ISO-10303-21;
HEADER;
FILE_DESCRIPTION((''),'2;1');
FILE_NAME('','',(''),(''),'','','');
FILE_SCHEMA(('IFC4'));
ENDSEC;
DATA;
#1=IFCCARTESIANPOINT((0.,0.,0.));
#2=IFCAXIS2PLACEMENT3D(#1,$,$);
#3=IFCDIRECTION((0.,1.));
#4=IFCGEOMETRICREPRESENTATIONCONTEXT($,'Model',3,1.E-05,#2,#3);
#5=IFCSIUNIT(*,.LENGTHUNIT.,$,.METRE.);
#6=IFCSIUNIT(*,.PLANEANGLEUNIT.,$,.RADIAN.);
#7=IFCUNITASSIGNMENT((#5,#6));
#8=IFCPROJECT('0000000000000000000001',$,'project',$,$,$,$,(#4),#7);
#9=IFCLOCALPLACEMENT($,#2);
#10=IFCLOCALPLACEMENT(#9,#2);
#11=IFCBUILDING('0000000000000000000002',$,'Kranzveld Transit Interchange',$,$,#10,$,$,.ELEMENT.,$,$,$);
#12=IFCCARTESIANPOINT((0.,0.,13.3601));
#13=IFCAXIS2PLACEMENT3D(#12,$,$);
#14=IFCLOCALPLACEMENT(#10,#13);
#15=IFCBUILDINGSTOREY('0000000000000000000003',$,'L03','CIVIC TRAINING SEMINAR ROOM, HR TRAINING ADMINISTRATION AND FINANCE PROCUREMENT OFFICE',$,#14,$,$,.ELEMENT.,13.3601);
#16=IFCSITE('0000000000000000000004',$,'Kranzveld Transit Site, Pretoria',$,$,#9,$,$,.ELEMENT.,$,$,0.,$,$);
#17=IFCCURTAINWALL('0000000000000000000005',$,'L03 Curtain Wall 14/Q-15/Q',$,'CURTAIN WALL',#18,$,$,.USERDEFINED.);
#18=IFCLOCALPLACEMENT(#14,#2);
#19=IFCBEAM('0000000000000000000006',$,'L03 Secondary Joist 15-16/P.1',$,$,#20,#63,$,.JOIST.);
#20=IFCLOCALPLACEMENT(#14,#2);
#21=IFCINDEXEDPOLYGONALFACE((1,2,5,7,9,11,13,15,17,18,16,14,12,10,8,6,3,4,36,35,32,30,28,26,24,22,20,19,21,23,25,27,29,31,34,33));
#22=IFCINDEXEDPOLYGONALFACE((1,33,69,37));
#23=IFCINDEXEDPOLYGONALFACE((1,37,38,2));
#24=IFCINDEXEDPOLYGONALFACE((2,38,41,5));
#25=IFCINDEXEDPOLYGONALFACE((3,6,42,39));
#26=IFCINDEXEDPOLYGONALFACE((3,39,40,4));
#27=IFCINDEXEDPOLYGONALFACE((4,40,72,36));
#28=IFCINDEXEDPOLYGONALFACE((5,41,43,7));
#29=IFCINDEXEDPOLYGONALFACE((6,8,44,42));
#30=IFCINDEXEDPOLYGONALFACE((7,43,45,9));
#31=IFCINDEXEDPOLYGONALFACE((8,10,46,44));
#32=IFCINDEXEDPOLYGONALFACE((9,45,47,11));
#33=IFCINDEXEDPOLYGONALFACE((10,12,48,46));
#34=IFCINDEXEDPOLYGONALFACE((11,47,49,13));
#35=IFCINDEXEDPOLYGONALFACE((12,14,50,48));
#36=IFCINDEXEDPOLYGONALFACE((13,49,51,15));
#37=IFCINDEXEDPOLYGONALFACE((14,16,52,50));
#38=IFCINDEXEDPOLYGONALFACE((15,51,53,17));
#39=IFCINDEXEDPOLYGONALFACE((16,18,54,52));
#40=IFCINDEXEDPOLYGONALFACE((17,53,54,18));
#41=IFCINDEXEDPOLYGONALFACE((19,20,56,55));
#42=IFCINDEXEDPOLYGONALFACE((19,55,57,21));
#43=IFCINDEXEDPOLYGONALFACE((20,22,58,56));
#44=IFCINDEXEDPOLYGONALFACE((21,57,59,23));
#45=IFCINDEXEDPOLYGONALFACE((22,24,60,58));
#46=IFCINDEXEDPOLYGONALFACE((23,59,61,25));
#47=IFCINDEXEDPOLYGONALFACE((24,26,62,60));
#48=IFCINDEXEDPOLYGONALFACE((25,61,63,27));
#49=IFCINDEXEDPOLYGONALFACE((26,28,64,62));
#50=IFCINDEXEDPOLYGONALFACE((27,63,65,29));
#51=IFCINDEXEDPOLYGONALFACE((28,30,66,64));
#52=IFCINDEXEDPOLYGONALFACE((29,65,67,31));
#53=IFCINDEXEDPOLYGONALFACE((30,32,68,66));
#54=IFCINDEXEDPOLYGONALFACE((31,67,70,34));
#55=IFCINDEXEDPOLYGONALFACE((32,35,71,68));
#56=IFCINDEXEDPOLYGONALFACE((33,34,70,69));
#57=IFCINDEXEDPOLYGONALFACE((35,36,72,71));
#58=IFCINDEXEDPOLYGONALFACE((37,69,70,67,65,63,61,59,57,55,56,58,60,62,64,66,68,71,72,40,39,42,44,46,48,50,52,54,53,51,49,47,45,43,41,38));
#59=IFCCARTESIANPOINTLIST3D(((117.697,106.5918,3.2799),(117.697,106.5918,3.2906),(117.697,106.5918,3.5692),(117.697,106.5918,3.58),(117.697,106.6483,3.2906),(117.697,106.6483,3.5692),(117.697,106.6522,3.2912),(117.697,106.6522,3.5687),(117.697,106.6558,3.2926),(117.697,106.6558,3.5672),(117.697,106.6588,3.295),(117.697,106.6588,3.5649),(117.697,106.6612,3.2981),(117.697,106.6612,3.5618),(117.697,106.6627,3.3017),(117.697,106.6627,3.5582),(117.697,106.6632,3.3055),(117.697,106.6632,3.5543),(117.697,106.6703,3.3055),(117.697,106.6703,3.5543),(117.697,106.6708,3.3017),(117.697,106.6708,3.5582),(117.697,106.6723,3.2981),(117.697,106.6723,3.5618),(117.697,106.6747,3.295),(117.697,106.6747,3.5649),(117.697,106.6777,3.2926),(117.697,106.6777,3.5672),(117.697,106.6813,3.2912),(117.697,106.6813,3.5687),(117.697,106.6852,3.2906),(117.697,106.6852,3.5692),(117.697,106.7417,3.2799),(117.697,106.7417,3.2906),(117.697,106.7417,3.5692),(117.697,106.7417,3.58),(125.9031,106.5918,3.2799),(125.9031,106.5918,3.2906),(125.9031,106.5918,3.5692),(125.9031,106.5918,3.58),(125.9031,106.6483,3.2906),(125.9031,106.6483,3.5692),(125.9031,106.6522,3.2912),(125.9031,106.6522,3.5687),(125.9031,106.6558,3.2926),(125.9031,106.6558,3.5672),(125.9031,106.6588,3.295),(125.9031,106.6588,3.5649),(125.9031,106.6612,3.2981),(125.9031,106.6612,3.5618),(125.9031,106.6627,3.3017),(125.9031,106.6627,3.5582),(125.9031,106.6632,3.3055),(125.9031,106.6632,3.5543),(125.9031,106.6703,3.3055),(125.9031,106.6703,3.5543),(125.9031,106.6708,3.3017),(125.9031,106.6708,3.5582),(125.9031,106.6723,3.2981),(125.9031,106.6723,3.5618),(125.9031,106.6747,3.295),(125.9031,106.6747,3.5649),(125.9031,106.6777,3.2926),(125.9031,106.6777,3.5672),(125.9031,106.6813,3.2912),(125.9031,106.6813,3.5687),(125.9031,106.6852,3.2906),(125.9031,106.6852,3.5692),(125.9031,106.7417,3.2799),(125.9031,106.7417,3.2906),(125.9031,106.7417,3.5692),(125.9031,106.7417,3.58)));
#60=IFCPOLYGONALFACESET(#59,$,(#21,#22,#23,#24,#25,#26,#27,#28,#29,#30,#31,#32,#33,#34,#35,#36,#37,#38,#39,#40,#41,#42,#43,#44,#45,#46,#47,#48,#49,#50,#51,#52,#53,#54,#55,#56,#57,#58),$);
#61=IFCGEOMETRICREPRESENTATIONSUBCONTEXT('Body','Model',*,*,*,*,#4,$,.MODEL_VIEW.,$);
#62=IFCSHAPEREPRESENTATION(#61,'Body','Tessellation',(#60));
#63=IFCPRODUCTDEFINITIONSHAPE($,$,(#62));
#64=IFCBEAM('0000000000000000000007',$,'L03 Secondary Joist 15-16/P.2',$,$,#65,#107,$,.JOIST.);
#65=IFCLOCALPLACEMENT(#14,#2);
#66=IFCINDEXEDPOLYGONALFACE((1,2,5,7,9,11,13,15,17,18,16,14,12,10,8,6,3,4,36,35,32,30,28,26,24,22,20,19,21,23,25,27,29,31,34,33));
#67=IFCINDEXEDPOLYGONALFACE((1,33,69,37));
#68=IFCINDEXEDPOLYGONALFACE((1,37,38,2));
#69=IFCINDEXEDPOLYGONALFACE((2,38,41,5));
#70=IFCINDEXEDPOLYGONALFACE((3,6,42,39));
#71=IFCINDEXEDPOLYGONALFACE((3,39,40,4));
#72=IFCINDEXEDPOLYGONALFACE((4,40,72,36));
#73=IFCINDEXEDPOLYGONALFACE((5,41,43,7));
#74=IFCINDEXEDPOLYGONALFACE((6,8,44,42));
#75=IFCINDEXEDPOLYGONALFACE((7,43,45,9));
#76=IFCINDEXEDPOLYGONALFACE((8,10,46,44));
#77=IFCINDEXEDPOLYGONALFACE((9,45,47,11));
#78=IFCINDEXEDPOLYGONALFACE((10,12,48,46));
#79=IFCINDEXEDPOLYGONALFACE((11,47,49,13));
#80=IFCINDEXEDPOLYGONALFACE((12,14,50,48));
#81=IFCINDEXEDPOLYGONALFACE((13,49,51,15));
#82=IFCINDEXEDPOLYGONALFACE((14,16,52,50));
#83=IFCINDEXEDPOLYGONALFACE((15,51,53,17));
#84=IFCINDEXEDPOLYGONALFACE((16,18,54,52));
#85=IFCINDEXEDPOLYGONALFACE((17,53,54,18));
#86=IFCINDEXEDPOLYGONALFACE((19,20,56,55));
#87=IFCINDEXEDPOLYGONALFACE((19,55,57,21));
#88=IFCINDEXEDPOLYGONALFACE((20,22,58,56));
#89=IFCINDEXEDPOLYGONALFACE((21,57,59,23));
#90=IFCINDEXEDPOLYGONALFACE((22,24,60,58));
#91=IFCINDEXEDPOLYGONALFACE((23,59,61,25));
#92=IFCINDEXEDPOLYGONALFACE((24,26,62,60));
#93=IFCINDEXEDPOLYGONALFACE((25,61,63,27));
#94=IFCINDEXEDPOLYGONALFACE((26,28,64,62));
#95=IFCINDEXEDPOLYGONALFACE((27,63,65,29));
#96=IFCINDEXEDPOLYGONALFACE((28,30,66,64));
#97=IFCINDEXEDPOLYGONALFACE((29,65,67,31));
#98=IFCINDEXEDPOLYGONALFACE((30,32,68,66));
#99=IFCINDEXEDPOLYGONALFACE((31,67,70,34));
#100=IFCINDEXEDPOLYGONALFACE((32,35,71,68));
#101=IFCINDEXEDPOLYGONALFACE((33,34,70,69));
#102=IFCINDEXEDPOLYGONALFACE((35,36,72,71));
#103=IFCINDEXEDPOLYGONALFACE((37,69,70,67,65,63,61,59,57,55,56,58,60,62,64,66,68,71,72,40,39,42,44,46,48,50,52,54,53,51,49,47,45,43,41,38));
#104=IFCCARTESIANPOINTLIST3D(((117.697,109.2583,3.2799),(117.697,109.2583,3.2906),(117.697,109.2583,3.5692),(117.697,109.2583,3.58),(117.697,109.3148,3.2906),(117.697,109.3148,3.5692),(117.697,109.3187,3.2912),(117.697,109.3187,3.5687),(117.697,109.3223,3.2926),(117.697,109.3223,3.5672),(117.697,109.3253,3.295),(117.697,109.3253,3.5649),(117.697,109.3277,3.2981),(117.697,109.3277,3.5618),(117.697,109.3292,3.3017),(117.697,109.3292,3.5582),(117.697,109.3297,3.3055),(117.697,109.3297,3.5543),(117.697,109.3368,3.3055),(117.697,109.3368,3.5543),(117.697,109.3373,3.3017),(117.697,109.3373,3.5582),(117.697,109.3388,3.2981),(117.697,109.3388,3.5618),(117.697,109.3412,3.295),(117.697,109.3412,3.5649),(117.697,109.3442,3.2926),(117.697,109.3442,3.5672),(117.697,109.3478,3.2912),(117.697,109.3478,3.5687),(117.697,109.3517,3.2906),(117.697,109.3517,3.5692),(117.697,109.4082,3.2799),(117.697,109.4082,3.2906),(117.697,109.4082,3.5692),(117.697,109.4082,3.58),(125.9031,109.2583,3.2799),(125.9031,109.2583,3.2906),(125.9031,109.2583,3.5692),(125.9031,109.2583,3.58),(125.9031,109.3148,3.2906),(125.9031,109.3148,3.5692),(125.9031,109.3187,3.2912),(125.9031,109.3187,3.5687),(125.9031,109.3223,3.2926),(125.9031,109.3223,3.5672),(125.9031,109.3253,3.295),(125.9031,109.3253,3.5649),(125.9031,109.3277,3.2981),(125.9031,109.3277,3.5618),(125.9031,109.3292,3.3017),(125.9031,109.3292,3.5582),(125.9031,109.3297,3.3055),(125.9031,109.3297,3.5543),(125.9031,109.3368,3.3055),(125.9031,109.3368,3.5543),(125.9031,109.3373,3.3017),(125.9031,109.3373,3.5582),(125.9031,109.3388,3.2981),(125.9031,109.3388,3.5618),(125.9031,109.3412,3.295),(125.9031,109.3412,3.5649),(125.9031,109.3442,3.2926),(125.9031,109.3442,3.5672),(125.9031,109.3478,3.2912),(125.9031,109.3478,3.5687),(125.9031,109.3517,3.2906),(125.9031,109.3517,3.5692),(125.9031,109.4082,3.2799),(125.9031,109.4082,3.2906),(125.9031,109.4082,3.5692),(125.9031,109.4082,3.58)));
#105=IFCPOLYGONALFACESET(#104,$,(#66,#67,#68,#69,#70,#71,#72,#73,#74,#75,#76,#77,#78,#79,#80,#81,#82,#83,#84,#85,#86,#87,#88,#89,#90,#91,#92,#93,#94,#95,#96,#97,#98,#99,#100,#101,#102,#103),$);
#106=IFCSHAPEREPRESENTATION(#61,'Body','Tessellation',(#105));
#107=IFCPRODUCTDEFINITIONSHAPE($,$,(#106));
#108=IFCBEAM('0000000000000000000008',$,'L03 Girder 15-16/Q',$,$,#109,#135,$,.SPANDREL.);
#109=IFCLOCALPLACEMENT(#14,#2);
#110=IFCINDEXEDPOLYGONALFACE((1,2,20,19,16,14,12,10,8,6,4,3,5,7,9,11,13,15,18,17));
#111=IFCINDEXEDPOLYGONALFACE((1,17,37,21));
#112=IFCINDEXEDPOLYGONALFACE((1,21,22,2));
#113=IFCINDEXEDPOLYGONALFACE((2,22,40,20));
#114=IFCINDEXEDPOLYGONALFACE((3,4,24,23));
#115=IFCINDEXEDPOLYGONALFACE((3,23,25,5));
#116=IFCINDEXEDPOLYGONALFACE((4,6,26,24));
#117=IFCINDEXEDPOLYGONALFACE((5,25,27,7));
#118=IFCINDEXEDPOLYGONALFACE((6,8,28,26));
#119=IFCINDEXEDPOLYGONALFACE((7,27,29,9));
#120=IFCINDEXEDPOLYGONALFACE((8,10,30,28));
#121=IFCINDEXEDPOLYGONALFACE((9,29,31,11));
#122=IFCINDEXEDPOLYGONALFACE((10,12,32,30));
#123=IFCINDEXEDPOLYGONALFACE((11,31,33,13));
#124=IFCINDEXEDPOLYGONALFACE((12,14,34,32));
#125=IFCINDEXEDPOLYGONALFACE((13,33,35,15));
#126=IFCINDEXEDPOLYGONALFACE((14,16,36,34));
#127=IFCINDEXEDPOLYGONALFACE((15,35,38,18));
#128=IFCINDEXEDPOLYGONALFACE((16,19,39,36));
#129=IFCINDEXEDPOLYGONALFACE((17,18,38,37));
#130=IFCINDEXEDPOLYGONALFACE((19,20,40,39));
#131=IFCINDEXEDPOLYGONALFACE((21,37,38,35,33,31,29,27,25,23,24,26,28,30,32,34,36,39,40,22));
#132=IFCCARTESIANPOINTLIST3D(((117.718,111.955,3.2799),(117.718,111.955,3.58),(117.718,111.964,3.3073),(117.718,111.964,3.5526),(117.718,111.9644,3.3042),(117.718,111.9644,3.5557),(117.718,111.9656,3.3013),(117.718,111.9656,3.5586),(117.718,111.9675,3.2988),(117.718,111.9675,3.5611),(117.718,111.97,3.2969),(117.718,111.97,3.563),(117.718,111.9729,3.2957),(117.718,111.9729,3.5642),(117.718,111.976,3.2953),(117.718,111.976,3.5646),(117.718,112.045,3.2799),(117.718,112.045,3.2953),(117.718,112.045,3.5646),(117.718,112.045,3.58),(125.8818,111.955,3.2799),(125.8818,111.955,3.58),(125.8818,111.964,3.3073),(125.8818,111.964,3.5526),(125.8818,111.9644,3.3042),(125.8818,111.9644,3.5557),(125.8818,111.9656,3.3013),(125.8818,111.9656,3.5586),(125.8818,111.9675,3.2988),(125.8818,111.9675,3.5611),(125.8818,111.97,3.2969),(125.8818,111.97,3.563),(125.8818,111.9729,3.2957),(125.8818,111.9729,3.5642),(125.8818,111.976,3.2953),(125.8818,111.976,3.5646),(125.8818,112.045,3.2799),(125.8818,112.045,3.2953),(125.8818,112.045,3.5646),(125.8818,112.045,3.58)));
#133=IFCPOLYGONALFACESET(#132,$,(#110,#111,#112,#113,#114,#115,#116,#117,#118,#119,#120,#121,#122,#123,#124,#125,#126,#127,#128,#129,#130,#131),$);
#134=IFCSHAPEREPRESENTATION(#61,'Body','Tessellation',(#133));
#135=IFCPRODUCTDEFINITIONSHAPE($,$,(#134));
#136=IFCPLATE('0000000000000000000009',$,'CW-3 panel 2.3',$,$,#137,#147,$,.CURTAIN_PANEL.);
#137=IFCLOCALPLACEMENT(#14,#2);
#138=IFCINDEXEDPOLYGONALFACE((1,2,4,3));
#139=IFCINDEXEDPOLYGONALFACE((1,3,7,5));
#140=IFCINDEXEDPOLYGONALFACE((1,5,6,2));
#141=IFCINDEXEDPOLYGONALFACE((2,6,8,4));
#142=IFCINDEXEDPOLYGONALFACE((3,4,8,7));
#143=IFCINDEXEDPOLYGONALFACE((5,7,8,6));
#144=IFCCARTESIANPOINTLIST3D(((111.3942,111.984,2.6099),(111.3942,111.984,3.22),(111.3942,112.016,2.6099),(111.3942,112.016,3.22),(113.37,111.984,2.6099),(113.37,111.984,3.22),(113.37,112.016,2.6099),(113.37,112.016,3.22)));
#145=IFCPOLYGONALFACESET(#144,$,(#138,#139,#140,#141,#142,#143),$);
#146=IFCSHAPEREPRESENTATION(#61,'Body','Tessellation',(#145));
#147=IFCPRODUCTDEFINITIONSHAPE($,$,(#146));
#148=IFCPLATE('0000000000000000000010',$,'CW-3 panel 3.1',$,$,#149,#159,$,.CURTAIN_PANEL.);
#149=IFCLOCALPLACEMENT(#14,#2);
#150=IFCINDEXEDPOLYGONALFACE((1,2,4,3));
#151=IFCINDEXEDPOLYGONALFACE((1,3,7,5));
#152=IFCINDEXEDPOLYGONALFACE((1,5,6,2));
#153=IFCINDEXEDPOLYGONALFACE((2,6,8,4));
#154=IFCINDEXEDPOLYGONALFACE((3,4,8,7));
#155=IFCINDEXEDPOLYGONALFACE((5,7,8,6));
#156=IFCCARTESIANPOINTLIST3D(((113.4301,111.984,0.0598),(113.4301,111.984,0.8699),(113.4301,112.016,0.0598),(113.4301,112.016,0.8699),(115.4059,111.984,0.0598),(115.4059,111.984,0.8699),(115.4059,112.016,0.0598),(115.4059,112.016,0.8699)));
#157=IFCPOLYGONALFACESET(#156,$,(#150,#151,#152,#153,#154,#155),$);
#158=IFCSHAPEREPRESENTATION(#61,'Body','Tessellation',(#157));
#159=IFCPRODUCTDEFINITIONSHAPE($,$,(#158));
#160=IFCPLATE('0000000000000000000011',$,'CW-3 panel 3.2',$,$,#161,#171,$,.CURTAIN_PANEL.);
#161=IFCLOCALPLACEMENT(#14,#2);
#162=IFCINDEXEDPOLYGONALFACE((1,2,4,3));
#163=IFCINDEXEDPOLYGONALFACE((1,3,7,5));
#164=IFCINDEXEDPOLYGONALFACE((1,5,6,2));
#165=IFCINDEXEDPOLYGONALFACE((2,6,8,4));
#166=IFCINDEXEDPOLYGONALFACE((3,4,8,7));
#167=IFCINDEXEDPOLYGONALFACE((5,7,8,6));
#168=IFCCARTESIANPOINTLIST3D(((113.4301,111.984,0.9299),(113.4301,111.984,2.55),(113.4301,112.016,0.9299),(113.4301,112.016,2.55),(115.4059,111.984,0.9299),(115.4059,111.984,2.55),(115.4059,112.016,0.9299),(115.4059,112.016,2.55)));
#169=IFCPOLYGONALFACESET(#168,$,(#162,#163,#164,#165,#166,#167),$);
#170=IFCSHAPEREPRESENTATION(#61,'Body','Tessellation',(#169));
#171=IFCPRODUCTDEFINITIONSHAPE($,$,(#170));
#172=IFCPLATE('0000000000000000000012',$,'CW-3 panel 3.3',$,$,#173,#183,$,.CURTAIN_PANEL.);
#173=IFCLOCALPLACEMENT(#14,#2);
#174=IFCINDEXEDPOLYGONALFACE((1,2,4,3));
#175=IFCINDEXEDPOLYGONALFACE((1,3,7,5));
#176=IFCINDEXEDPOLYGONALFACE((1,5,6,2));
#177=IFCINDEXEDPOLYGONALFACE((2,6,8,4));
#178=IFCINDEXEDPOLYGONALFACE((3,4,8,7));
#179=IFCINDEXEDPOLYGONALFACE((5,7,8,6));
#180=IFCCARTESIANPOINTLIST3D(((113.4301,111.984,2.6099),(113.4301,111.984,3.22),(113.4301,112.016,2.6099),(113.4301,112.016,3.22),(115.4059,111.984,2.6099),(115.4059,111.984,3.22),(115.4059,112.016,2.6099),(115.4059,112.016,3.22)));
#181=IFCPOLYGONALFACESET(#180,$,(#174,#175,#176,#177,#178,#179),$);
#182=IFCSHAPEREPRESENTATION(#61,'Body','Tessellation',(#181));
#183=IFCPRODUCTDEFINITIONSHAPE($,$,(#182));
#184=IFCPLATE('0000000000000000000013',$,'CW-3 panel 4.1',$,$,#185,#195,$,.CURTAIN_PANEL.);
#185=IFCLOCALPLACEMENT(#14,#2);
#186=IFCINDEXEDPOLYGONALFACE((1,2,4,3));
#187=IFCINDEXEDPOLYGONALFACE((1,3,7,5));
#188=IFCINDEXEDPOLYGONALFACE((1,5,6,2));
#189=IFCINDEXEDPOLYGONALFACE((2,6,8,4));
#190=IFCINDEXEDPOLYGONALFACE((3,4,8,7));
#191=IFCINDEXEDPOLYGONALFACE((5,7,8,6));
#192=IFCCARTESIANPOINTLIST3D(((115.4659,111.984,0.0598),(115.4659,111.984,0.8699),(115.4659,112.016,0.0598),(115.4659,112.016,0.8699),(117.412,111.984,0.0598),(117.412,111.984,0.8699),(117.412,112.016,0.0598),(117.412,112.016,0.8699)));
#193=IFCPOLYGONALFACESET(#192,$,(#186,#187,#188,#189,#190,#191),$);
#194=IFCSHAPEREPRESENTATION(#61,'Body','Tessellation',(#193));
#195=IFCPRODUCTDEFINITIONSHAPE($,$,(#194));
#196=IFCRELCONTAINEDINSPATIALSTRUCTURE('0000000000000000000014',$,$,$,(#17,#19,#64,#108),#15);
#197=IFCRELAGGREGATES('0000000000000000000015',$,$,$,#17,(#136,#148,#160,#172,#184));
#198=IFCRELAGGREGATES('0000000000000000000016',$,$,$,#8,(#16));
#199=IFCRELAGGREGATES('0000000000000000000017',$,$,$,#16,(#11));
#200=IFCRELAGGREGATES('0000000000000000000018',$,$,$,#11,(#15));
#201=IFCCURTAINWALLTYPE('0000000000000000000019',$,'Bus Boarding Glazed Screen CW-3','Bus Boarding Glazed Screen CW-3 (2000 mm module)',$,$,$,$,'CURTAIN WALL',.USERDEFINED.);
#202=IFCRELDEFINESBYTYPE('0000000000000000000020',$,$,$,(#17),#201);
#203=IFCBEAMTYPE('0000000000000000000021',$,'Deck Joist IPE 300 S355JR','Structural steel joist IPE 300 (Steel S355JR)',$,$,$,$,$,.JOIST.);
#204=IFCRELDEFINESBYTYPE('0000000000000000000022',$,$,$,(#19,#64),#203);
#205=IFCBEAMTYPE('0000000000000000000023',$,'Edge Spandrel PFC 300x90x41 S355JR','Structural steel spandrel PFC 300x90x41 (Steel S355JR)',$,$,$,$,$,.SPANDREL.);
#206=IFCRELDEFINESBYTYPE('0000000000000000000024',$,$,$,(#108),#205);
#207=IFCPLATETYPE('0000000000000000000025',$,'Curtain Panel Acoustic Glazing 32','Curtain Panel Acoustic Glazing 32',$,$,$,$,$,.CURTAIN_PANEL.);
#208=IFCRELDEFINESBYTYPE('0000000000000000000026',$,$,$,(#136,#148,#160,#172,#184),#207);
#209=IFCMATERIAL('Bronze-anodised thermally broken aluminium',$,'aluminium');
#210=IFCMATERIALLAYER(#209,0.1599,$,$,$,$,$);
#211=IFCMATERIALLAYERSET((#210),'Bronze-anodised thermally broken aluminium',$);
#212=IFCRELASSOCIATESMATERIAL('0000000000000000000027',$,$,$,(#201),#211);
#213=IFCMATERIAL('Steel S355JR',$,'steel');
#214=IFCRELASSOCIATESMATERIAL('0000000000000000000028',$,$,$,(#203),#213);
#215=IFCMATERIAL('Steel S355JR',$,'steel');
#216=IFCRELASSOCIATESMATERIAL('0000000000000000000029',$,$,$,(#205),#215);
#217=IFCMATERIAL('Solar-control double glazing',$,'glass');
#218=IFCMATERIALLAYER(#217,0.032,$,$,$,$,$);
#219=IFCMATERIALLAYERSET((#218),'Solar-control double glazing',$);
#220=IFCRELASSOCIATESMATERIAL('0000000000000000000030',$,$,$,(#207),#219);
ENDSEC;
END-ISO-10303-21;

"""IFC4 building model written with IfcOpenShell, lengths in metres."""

from ifc_helpers import new_model, si_unit, direction, frame, origin, origin_2d, place, context, subcontext, project, spatial, rectangle, i_section, u_section, extrude, material, layer, layer_set, material_profile, profile_set, type_object, element, aggregate, save


model = new_model("IFC4")

# Units and contexts
model_context = context("Model", 3, precision=1e-05, world=origin(), true_north=direction((0.0, 1.0)))
body_context = subcontext(model_context, "Body", "Model", "MODEL_VIEW")
ifc_project = project(units=[si_unit("LENGTHUNIT", "METRE"), si_unit("PLANEANGLEUNIT", "RADIAN")], contexts=[model_context])

# Site, building, storey
site_placement = place(None, origin())
site = spatial("IfcSite", under=ifc_project, at=site_placement, Name="Kranzveld Transit Site, Pretoria", CompositionType="ELEMENT", RefElevation=0.0)
building_placement = place(site_placement, origin())
building = spatial("IfcBuilding", under=site, at=building_placement, Name="Kranzveld Transit Interchange", CompositionType="ELEMENT")
storey_placement = place(building_placement, frame((0.0, 0.0, 13.3601)))
storey = spatial("IfcBuildingStorey", under=building, at=storey_placement, Name="L03", Description="CIVIC TRAINING SEMINAR ROOM, HR TRAINING ADMINISTRATION AND FINANCE PROCUREMENT OFFICE", CompositionType="ELEMENT", Elevation=13.3601)

# Curtain wall
ifc_material_1 = material(Name="Bronze-anodised thermally broken aluminium", Category="aluminium")
ifc_layer_1 = layer(ifc_material_1, 0.1599)
ifc_layer_set_1 = layer_set([ifc_layer_1], Name="Bronze-anodised thermally broken aluminium")
curtain_wall_type = type_object("IfcCurtainWallType", Name="Bus Boarding Glazed Screen CW-3", Description="Bus Boarding Glazed Screen CW-3 (2000 mm module)", ElementType="CURTAIN WALL", PredefinedType="USERDEFINED", material=ifc_layer_set_1)
curtain_wall_placement = place(storey_placement, origin())
curtain_wall = element("IfcCurtainWall", 1, at=curtain_wall_placement, inside=storey, type_object=curtain_wall_type, Name="L03 Curtain Wall 14/Q-15/Q", ObjectType="CURTAIN WALL", PredefinedType="USERDEFINED")

# Beams
ifc_material_2 = material(Name="Steel S355JR", Category="steel")
ifc_material_profile_1 = material_profile(ifc_material_2, i_section(OverallWidth=0.1499, OverallDepth=0.3, WebThickness=0.0071, FlangeThickness=0.0107, FilletRadius=0.0149, at=origin_2d()), Name="IPE 300")
ifc_profile_set_1 = profile_set([ifc_material_profile_1], Name="Steel S355JR")
beam_type_1 = type_object("IfcBeamType", Name="Deck Joist IPE 300 S355JR", Description="Structural steel joist IPE 300 (Steel S355JR)", PredefinedType="JOIST", material=ifc_profile_set_1)
for number, where, z_axis, x_axis, name in (
    (2, (117.697, 106.6667, 3.4299), (1.0, 0.0, 0.0), (0.0, 1.0, 0.0), "L03 Secondary Joist 15-16/P.1"),
    (3, (117.697, 109.3333, 3.4299), (1.0, 0.0, 0.0), (0.0, 1.0, 0.0), "L03 Secondary Joist 15-16/P.2"),
):
    element("IfcBeam", number, at=place(storey_placement, frame(where, z_axis=z_axis, x_axis=x_axis)), inside=storey, type_object=beam_type_1, Name=name, PredefinedType="JOIST", context=body_context, shape_type="SweptSolid", body=[
        extrude(i_section(OverallWidth=0.1499, OverallDepth=0.3, WebThickness=0.0071, FlangeThickness=0.0107, FilletRadius=0.0149, at=origin_2d()), origin(), (0.0, 0.0, 1.0), 8.2061),
    ])
ifc_material_3 = material(Name="Steel S355JR", Category="steel")
ifc_material_profile_2 = material_profile(ifc_material_3, u_section(Depth=0.3, FlangeWidth=0.0901, WebThickness=0.009, FlangeThickness=0.0154, FilletRadius=0.012, at=origin_2d()), Name="PFC 300x90x41")
ifc_profile_set_2 = profile_set([ifc_material_profile_2], Name="Steel S355JR")
beam_type_2 = type_object("IfcBeamType", Name="Edge Spandrel PFC 300x90x41 S355JR", Description="Structural steel spandrel PFC 300x90x41 (Steel S355JR)", PredefinedType="SPANDREL", material=ifc_profile_set_2)
beam_1_placement = place(storey_placement, frame((117.718, 112.0, 3.4299), z_axis=(1.0, 0.0, 0.0), x_axis=(0.0, 1.0, 0.0)))
element("IfcBeam", 4, at=beam_1_placement, inside=storey, type_object=beam_type_2, Name="L03 Girder 15-16/Q", PredefinedType="SPANDREL", context=body_context, shape_type="SweptSolid", body=[
    extrude(u_section(Depth=0.3, FlangeWidth=0.0901, WebThickness=0.009, FlangeThickness=0.0154, FilletRadius=0.012, at=origin_2d()), origin(), (0.0, 0.0, 1.0), 8.1638),
])

# Plates
ifc_material_4 = material(Name="Solar-control double glazing", Category="glass")
ifc_layer_2 = layer(ifc_material_4, 0.032)
ifc_layer_set_2 = layer_set([ifc_layer_2], Name="Solar-control double glazing")
plate_type = type_object("IfcPlateType", Name="Curtain Panel Acoustic Glazing 32", Description="Curtain Panel Acoustic Glazing 32", PredefinedType="CURTAIN_PANEL", material=ifc_layer_set_2)
plate_1_placement = place(storey_placement, frame((112.3821, 112.0, 2.6099), z_axis=(0.0, 0.0, 1.0), x_axis=(1.0, 0.0, 0.0)))
plate_1 = element("IfcPlate", 5, at=plate_1_placement, type_object=plate_type, Name="CW-3 panel 2.3", PredefinedType="CURTAIN_PANEL", context=body_context, shape_type="SweptSolid", body=[
    extrude(rectangle(XDim=1.9758, YDim=0.032, at=origin_2d()), origin(), (0.0, 0.0, 1.0), 0.6101),
])
plate_2_placement = place(storey_placement, frame((114.418, 112.0, 0.0598), z_axis=(0.0, 0.0, 1.0), x_axis=(1.0, 0.0, 0.0)))
plate_2 = element("IfcPlate", 6, at=plate_2_placement, type_object=plate_type, Name="CW-3 panel 3.1", PredefinedType="CURTAIN_PANEL", context=body_context, shape_type="SweptSolid", body=[
    extrude(rectangle(XDim=1.9758, YDim=0.032, at=origin_2d()), origin(), (0.0, 0.0, 1.0), 0.8101),
])
plate_3_placement = place(storey_placement, frame((114.418, 112.0, 0.9299), z_axis=(0.0, 0.0, 1.0), x_axis=(1.0, 0.0, 0.0)))
plate_3 = element("IfcPlate", 7, at=plate_3_placement, type_object=plate_type, Name="CW-3 panel 3.2", PredefinedType="CURTAIN_PANEL", context=body_context, shape_type="SweptSolid", body=[
    extrude(rectangle(XDim=1.9758, YDim=0.032, at=origin_2d()), origin(), (0.0, 0.0, 1.0), 1.6201),
])
plate_4_placement = place(storey_placement, frame((114.418, 112.0, 2.6099), z_axis=(0.0, 0.0, 1.0), x_axis=(1.0, 0.0, 0.0)))
plate_4 = element("IfcPlate", 8, at=plate_4_placement, type_object=plate_type, Name="CW-3 panel 3.3", PredefinedType="CURTAIN_PANEL", context=body_context, shape_type="SweptSolid", body=[
    extrude(rectangle(XDim=1.9758, YDim=0.032, at=origin_2d()), origin(), (0.0, 0.0, 1.0), 0.6101),
])
plate_5_placement = place(storey_placement, frame((116.439, 112.0, 0.0598), z_axis=(0.0, 0.0, 1.0), x_axis=(1.0, 0.0, 0.0)))
plate_5 = element("IfcPlate", 9, at=plate_5_placement, type_object=plate_type, Name="CW-3 panel 4.1", PredefinedType="CURTAIN_PANEL", context=body_context, shape_type="SweptSolid", body=[
    extrude(rectangle(XDim=1.946, YDim=0.032, at=origin_2d()), origin(), (0.0, 0.0, 1.0), 0.8101),
])
aggregate(curtain_wall, [plate_1, plate_2, plate_3, plate_4, plate_5])

save(model, "model.ifc")
